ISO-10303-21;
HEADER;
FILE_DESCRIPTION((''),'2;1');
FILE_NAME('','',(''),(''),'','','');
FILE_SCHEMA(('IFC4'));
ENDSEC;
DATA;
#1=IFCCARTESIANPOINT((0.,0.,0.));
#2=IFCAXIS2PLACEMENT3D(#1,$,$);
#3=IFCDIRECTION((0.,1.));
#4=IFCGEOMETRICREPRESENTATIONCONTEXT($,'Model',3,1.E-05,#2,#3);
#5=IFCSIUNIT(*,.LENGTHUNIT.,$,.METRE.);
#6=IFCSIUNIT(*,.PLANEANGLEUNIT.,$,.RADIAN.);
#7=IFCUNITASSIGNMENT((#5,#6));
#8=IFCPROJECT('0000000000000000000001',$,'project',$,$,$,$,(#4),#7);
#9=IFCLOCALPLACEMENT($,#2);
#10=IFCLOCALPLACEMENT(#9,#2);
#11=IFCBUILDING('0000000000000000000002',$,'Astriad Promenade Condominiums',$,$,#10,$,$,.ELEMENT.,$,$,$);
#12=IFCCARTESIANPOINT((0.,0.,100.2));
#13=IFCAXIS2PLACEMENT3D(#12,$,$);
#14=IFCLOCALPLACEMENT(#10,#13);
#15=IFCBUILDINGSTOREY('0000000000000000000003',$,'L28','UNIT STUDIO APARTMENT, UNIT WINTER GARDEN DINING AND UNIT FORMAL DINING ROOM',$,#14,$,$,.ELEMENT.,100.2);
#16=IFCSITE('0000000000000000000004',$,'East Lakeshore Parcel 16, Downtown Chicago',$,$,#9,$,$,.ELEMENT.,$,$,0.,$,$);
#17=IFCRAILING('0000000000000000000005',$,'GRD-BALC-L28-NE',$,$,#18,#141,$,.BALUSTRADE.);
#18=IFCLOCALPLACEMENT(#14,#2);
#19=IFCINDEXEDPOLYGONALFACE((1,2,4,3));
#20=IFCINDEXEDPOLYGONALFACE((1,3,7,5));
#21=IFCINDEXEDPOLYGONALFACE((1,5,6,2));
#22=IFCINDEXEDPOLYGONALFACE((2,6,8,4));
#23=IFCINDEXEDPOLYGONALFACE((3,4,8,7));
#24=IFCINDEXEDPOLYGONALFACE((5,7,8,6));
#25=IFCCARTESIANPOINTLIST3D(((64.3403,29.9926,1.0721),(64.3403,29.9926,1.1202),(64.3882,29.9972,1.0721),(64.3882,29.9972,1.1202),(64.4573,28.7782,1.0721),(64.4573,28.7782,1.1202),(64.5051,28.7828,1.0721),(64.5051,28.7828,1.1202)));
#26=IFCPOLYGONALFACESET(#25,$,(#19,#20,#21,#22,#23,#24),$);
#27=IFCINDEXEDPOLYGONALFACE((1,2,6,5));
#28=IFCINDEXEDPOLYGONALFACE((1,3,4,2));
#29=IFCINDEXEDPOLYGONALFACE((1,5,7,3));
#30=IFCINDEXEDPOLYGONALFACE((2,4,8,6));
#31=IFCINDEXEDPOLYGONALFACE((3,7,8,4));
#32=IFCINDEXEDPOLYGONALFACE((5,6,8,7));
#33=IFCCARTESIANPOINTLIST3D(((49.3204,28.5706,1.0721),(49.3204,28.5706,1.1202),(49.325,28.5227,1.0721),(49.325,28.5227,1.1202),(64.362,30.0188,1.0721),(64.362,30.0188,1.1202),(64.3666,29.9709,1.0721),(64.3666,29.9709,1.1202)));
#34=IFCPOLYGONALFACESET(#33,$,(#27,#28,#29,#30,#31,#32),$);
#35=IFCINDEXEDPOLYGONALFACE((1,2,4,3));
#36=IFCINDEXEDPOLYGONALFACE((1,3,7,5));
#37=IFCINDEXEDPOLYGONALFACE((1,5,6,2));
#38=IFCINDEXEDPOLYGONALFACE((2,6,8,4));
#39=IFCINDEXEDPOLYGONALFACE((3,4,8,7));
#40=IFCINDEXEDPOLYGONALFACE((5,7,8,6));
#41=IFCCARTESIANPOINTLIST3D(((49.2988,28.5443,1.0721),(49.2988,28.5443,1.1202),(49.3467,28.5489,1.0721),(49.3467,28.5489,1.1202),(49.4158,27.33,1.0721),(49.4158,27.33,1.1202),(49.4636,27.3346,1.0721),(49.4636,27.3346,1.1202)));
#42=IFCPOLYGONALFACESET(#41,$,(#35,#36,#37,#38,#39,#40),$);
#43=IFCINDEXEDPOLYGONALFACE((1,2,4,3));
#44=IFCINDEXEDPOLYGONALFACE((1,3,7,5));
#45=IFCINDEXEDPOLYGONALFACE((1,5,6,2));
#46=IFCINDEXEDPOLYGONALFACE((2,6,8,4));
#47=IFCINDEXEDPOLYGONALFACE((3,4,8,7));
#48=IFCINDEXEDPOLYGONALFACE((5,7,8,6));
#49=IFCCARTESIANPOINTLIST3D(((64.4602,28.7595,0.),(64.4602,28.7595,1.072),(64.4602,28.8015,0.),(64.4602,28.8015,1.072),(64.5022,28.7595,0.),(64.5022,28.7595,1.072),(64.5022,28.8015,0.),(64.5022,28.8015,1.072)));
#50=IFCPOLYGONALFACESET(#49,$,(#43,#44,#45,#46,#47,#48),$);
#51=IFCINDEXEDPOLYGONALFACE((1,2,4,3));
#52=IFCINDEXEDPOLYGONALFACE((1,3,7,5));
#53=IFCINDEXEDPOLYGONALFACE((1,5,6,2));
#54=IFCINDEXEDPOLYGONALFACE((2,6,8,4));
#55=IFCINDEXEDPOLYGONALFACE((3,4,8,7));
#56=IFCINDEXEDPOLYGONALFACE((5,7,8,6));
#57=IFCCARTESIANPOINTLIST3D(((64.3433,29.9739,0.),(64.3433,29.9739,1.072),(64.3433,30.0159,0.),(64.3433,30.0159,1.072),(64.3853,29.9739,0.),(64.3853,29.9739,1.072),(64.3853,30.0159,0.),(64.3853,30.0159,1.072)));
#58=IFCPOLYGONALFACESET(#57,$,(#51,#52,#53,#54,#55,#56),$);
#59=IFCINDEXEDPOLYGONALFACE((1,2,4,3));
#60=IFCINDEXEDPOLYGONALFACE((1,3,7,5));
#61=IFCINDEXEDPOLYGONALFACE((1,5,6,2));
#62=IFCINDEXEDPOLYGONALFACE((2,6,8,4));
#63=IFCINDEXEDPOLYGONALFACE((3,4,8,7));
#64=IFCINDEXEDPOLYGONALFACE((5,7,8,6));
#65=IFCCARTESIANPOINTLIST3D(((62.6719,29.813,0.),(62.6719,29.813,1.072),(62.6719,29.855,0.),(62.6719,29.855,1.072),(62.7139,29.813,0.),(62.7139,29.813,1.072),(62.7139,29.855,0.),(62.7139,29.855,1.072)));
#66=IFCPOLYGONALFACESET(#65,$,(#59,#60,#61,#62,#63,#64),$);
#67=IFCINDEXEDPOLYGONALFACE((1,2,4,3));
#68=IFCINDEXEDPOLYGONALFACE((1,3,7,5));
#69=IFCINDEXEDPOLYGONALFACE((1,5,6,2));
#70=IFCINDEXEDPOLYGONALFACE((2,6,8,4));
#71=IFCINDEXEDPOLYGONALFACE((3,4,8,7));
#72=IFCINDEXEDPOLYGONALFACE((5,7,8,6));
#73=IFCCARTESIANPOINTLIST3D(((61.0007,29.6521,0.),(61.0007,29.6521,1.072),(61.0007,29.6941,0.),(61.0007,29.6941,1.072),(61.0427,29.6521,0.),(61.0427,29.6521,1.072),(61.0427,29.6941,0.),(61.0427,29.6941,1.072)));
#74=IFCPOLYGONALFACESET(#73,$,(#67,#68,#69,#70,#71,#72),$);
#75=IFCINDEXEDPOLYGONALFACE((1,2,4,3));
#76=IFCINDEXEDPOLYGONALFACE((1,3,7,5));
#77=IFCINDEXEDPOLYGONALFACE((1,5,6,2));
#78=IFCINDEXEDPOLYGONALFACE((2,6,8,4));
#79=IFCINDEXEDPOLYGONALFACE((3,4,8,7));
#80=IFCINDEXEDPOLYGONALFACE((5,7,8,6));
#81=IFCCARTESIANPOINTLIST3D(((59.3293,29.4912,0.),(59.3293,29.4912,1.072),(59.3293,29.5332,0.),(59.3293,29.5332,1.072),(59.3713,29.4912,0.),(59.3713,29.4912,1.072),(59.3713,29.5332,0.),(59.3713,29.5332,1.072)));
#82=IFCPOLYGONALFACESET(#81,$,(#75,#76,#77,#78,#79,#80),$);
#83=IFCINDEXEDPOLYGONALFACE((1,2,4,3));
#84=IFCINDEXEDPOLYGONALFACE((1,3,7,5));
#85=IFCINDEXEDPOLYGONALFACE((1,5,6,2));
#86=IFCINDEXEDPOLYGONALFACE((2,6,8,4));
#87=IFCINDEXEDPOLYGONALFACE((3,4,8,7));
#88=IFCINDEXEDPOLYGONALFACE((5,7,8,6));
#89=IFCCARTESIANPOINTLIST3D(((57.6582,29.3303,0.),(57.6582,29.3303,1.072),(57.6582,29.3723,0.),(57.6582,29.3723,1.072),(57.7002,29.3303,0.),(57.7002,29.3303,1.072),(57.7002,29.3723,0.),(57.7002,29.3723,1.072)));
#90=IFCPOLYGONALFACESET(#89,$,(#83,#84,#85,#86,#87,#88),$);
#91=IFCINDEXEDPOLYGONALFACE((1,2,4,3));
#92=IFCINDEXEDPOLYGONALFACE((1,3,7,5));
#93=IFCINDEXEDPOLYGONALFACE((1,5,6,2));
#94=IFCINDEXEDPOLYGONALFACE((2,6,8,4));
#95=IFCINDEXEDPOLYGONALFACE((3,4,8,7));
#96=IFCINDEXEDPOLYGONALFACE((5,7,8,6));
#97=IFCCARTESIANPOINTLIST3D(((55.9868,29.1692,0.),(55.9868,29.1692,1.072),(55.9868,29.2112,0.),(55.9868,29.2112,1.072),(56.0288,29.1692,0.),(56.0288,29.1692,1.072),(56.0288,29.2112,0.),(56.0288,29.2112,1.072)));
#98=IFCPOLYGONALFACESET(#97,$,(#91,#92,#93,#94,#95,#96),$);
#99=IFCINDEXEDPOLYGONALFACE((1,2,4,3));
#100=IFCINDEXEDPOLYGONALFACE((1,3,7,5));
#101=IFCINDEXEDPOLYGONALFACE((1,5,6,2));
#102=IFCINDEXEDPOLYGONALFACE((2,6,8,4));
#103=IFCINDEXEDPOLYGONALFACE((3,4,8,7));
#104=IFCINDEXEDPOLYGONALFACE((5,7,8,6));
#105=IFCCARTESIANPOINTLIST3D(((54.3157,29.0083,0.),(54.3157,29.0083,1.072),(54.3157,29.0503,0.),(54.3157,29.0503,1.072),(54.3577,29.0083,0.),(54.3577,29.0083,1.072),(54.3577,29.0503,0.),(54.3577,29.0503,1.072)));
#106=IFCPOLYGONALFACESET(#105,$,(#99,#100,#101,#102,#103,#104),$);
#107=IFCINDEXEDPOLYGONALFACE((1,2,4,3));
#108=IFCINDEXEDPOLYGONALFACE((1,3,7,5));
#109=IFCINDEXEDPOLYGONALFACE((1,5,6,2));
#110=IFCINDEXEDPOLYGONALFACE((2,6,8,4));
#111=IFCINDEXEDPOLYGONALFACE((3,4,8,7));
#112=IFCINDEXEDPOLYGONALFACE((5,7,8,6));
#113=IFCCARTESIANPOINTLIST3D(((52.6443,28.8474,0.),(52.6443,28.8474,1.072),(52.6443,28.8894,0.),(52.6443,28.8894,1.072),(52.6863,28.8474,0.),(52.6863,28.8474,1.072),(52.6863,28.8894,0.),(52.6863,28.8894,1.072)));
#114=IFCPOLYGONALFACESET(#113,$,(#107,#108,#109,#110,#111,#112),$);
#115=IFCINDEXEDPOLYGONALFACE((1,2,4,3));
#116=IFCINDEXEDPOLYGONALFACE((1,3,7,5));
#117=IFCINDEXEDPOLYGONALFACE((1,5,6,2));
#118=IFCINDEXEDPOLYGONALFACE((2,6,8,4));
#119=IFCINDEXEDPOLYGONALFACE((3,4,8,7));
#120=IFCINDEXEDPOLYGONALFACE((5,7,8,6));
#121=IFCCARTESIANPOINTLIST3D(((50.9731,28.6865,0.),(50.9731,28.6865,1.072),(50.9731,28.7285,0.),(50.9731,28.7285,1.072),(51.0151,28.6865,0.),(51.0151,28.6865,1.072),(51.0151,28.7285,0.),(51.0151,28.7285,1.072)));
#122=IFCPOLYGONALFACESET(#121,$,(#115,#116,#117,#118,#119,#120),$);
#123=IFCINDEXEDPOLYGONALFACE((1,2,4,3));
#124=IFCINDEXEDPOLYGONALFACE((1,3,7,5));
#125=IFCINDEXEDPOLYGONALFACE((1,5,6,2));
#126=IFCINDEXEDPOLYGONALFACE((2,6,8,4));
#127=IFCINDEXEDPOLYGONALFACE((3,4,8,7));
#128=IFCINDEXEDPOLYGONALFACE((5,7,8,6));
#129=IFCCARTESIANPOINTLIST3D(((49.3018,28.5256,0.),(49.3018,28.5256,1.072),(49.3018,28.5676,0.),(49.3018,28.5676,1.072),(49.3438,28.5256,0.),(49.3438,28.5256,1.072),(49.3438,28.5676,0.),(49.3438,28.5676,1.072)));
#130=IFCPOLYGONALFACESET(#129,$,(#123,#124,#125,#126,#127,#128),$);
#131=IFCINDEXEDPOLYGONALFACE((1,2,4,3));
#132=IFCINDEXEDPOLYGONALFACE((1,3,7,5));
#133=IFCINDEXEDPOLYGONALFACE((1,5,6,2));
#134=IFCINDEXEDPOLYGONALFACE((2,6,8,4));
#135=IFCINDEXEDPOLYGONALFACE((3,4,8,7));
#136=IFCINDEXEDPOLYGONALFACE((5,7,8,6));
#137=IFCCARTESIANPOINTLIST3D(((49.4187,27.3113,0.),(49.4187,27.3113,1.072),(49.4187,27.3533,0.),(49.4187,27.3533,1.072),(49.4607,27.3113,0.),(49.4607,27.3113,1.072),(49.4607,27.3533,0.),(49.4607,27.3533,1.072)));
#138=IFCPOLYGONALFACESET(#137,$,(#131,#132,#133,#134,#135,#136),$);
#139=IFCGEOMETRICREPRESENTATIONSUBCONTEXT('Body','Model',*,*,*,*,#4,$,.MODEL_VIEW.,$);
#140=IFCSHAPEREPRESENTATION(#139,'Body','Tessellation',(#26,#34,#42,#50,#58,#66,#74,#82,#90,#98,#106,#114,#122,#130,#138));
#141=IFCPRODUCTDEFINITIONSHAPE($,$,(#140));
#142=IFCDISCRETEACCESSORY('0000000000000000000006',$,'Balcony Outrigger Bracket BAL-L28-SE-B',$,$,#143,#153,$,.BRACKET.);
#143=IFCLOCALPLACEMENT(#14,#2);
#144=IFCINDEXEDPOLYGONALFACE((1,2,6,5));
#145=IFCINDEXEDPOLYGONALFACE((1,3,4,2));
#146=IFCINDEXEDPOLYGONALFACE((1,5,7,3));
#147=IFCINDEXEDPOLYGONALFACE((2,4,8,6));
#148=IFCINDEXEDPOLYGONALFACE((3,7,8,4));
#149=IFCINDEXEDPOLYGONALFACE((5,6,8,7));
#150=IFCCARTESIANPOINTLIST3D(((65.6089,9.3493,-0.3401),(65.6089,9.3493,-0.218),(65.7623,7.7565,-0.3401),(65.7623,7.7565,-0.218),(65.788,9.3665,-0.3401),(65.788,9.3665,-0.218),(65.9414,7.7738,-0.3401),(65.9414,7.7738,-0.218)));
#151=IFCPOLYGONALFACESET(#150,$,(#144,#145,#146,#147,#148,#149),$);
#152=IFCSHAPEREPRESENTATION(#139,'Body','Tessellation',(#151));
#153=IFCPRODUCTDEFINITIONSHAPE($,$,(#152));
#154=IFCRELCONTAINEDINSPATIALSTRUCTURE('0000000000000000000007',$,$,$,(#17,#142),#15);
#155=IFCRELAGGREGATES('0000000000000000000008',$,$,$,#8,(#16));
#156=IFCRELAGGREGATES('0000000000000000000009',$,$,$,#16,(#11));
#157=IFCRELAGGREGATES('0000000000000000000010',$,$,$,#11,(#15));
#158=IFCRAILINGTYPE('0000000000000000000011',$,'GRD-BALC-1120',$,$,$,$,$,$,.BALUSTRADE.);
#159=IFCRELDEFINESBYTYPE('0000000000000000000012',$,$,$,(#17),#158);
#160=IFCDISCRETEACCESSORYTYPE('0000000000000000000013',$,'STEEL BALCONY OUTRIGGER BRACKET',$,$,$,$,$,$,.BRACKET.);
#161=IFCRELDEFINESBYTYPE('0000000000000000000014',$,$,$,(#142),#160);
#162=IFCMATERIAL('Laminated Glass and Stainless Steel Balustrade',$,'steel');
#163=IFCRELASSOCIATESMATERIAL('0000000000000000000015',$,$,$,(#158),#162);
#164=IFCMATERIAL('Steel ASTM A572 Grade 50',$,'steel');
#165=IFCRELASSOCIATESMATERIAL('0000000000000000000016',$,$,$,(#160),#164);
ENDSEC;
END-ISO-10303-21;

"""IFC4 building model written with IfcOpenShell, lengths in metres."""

from ifc_helpers import new_model, si_unit, direction, frame, origin, origin_2d, place, context, subcontext, project, spatial, rectangle, extrude, source, transform, mapped, material, type_object, type_shapes, element, save


model = new_model("IFC4")

# Units and contexts
model_context = context("Model", 3, precision=1e-05, world=origin(), true_north=direction((0.0, 1.0)))
body_context = subcontext(model_context, "Body", "Model", "MODEL_VIEW")
ifc_project = project(units=[si_unit("LENGTHUNIT", "METRE"), si_unit("PLANEANGLEUNIT", "RADIAN")], contexts=[model_context])

# Site, building, storey
site_placement = place(None, origin())
site = spatial("IfcSite", under=ifc_project, at=site_placement, Name="East Lakeshore Parcel 16, Downtown Chicago", CompositionType="ELEMENT", RefElevation=0.0)
building_placement = place(site_placement, origin())
building = spatial("IfcBuilding", under=site, at=building_placement, Name="Astriad Promenade Condominiums", CompositionType="ELEMENT")
storey_placement = place(building_placement, frame((0.0, 0.0, 100.2)))
storey = spatial("IfcBuildingStorey", under=building, at=storey_placement, Name="L28", Description="UNIT STUDIO APARTMENT, UNIT WINTER GARDEN DINING AND UNIT FORMAL DINING ROOM", CompositionType="ELEMENT", Elevation=100.2)

# Railing
ifc_material_1 = material(Name="Laminated Glass and Stainless Steel Balustrade", Category="steel")
railing_type = type_object("IfcRailingType", Name="GRD-BALC-1120", PredefinedType="BALUSTRADE", material=ifc_material_1)
shared_shape_1 = source(origin(), body_context, "Body", "SweptSolid", [
    extrude(rectangle(XDim=0.0481, YDim=0.0481, at=origin_2d()), frame((0.0, 0.0, 1.0962), z_axis=(-0.095857, 0.995395, 0.0), x_axis=(-0.995395, -0.095857, 0.0)), (0.0, 0.0, 1.0), 1.22),
    extrude(rectangle(XDim=0.0481, YDim=0.0481, at=origin_2d()), frame((-0.1169, 1.2144, 1.0962), z_axis=(-0.995397, -0.09584, 0.0), x_axis=(0.09584, -0.995397, 0.0)), (0.0, 0.0, 1.0), 15.1111),
    extrude(rectangle(XDim=0.0481, YDim=0.0481, at=origin_2d()), frame((-15.1584, -0.2339, 1.0962), z_axis=(0.095857, -0.995395, 0.0), x_axis=(0.995395, 0.095857, 0.0)), (0.0, 0.0, 1.0), 1.22),
    extrude(rectangle(XDim=0.042, YDim=0.042, at=origin_2d()), origin(), (0.0, 0.0, 1.0), 1.072),
    extrude(rectangle(XDim=0.042, YDim=0.042, at=origin_2d()), frame((-0.1169, 1.2144, 0.0)), (0.0, 0.0, 1.0), 1.072),
    extrude(rectangle(XDim=0.042, YDim=0.042, at=origin_2d()), frame((-1.7883, 1.0535, 0.0)), (0.0, 0.0, 1.0), 1.072),
    extrude(rectangle(XDim=0.042, YDim=0.042, at=origin_2d()), frame((-3.4595, 0.8926, 0.0)), (0.0, 0.0, 1.0), 1.072),
    extrude(rectangle(XDim=0.042, YDim=0.042, at=origin_2d()), frame((-5.1309, 0.7317, 0.0)), (0.0, 0.0, 1.0), 1.072),
    extrude(rectangle(XDim=0.042, YDim=0.042, at=origin_2d()), frame((-6.802, 0.5708, 0.0)), (0.0, 0.0, 1.0), 1.072),
    extrude(rectangle(XDim=0.042, YDim=0.042, at=origin_2d()), frame((-8.4734, 0.4097, 0.0)), (0.0, 0.0, 1.0), 1.072),
    extrude(rectangle(XDim=0.042, YDim=0.042, at=origin_2d()), frame((-10.1445, 0.2488, 0.0)), (0.0, 0.0, 1.0), 1.072),
    extrude(rectangle(XDim=0.042, YDim=0.042, at=origin_2d()), frame((-11.8159, 0.0879, 0.0)), (0.0, 0.0, 1.0), 1.072),
    extrude(rectangle(XDim=0.042, YDim=0.042, at=origin_2d()), frame((-13.4871, -0.073, 0.0)), (0.0, 0.0, 1.0), 1.072),
    extrude(rectangle(XDim=0.042, YDim=0.042, at=origin_2d()), frame((-15.1584, -0.2339, 0.0)), (0.0, 0.0, 1.0), 1.072),
    extrude(rectangle(XDim=0.042, YDim=0.042, at=origin_2d()), frame((-15.0415, -1.4482, 0.0)), (0.0, 0.0, 1.0), 1.072),
])
type_shapes(railing_type, [shared_shape_1])
railing_placement = place(storey_placement, frame((64.4812, 28.7805, 0.0)))
element("IfcRailing", 1, at=railing_placement, inside=storey, type_object=railing_type, Name="GRD-BALC-L28-NE", PredefinedType="BALUSTRADE", context=body_context, shape_type="MappedRepresentation", body=[
    mapped(shared_shape_1, transform((0.0, 0.0, 0.0), scale=1.0)),
])

# Discrete accessory
ifc_material_2 = material(Name="Steel ASTM A572 Grade 50", Category="steel")
discrete_accessory_type = type_object("IfcDiscreteAccessoryType", Name="STEEL BALCONY OUTRIGGER BRACKET", PredefinedType="BRACKET", material=ifc_material_2)
shared_shape_2 = source(origin(), body_context, "Body", "SweptSolid", [
    extrude(rectangle(XDim=1.6001, YDim=0.1799, at=origin_2d()), origin(), (0.0, 0.0, 1.0), 0.1221),
])
type_shapes(discrete_accessory_type, [shared_shape_2])
discrete_accessory_placement = place(storey_placement, frame((65.7751, 8.5615, -0.3401), z_axis=(0.0, 0.0, 1.0), x_axis=(0.095846, -0.995396, 0.0)))
element("IfcDiscreteAccessory", 2, at=discrete_accessory_placement, inside=storey, type_object=discrete_accessory_type, Name="Balcony Outrigger Bracket BAL-L28-SE-B", PredefinedType="BRACKET", context=body_context, shape_type="MappedRepresentation", body=[
    mapped(shared_shape_2, transform((0.0, 0.0, 0.0), scale=1.0)),
])

save(model, "model.ifc")
